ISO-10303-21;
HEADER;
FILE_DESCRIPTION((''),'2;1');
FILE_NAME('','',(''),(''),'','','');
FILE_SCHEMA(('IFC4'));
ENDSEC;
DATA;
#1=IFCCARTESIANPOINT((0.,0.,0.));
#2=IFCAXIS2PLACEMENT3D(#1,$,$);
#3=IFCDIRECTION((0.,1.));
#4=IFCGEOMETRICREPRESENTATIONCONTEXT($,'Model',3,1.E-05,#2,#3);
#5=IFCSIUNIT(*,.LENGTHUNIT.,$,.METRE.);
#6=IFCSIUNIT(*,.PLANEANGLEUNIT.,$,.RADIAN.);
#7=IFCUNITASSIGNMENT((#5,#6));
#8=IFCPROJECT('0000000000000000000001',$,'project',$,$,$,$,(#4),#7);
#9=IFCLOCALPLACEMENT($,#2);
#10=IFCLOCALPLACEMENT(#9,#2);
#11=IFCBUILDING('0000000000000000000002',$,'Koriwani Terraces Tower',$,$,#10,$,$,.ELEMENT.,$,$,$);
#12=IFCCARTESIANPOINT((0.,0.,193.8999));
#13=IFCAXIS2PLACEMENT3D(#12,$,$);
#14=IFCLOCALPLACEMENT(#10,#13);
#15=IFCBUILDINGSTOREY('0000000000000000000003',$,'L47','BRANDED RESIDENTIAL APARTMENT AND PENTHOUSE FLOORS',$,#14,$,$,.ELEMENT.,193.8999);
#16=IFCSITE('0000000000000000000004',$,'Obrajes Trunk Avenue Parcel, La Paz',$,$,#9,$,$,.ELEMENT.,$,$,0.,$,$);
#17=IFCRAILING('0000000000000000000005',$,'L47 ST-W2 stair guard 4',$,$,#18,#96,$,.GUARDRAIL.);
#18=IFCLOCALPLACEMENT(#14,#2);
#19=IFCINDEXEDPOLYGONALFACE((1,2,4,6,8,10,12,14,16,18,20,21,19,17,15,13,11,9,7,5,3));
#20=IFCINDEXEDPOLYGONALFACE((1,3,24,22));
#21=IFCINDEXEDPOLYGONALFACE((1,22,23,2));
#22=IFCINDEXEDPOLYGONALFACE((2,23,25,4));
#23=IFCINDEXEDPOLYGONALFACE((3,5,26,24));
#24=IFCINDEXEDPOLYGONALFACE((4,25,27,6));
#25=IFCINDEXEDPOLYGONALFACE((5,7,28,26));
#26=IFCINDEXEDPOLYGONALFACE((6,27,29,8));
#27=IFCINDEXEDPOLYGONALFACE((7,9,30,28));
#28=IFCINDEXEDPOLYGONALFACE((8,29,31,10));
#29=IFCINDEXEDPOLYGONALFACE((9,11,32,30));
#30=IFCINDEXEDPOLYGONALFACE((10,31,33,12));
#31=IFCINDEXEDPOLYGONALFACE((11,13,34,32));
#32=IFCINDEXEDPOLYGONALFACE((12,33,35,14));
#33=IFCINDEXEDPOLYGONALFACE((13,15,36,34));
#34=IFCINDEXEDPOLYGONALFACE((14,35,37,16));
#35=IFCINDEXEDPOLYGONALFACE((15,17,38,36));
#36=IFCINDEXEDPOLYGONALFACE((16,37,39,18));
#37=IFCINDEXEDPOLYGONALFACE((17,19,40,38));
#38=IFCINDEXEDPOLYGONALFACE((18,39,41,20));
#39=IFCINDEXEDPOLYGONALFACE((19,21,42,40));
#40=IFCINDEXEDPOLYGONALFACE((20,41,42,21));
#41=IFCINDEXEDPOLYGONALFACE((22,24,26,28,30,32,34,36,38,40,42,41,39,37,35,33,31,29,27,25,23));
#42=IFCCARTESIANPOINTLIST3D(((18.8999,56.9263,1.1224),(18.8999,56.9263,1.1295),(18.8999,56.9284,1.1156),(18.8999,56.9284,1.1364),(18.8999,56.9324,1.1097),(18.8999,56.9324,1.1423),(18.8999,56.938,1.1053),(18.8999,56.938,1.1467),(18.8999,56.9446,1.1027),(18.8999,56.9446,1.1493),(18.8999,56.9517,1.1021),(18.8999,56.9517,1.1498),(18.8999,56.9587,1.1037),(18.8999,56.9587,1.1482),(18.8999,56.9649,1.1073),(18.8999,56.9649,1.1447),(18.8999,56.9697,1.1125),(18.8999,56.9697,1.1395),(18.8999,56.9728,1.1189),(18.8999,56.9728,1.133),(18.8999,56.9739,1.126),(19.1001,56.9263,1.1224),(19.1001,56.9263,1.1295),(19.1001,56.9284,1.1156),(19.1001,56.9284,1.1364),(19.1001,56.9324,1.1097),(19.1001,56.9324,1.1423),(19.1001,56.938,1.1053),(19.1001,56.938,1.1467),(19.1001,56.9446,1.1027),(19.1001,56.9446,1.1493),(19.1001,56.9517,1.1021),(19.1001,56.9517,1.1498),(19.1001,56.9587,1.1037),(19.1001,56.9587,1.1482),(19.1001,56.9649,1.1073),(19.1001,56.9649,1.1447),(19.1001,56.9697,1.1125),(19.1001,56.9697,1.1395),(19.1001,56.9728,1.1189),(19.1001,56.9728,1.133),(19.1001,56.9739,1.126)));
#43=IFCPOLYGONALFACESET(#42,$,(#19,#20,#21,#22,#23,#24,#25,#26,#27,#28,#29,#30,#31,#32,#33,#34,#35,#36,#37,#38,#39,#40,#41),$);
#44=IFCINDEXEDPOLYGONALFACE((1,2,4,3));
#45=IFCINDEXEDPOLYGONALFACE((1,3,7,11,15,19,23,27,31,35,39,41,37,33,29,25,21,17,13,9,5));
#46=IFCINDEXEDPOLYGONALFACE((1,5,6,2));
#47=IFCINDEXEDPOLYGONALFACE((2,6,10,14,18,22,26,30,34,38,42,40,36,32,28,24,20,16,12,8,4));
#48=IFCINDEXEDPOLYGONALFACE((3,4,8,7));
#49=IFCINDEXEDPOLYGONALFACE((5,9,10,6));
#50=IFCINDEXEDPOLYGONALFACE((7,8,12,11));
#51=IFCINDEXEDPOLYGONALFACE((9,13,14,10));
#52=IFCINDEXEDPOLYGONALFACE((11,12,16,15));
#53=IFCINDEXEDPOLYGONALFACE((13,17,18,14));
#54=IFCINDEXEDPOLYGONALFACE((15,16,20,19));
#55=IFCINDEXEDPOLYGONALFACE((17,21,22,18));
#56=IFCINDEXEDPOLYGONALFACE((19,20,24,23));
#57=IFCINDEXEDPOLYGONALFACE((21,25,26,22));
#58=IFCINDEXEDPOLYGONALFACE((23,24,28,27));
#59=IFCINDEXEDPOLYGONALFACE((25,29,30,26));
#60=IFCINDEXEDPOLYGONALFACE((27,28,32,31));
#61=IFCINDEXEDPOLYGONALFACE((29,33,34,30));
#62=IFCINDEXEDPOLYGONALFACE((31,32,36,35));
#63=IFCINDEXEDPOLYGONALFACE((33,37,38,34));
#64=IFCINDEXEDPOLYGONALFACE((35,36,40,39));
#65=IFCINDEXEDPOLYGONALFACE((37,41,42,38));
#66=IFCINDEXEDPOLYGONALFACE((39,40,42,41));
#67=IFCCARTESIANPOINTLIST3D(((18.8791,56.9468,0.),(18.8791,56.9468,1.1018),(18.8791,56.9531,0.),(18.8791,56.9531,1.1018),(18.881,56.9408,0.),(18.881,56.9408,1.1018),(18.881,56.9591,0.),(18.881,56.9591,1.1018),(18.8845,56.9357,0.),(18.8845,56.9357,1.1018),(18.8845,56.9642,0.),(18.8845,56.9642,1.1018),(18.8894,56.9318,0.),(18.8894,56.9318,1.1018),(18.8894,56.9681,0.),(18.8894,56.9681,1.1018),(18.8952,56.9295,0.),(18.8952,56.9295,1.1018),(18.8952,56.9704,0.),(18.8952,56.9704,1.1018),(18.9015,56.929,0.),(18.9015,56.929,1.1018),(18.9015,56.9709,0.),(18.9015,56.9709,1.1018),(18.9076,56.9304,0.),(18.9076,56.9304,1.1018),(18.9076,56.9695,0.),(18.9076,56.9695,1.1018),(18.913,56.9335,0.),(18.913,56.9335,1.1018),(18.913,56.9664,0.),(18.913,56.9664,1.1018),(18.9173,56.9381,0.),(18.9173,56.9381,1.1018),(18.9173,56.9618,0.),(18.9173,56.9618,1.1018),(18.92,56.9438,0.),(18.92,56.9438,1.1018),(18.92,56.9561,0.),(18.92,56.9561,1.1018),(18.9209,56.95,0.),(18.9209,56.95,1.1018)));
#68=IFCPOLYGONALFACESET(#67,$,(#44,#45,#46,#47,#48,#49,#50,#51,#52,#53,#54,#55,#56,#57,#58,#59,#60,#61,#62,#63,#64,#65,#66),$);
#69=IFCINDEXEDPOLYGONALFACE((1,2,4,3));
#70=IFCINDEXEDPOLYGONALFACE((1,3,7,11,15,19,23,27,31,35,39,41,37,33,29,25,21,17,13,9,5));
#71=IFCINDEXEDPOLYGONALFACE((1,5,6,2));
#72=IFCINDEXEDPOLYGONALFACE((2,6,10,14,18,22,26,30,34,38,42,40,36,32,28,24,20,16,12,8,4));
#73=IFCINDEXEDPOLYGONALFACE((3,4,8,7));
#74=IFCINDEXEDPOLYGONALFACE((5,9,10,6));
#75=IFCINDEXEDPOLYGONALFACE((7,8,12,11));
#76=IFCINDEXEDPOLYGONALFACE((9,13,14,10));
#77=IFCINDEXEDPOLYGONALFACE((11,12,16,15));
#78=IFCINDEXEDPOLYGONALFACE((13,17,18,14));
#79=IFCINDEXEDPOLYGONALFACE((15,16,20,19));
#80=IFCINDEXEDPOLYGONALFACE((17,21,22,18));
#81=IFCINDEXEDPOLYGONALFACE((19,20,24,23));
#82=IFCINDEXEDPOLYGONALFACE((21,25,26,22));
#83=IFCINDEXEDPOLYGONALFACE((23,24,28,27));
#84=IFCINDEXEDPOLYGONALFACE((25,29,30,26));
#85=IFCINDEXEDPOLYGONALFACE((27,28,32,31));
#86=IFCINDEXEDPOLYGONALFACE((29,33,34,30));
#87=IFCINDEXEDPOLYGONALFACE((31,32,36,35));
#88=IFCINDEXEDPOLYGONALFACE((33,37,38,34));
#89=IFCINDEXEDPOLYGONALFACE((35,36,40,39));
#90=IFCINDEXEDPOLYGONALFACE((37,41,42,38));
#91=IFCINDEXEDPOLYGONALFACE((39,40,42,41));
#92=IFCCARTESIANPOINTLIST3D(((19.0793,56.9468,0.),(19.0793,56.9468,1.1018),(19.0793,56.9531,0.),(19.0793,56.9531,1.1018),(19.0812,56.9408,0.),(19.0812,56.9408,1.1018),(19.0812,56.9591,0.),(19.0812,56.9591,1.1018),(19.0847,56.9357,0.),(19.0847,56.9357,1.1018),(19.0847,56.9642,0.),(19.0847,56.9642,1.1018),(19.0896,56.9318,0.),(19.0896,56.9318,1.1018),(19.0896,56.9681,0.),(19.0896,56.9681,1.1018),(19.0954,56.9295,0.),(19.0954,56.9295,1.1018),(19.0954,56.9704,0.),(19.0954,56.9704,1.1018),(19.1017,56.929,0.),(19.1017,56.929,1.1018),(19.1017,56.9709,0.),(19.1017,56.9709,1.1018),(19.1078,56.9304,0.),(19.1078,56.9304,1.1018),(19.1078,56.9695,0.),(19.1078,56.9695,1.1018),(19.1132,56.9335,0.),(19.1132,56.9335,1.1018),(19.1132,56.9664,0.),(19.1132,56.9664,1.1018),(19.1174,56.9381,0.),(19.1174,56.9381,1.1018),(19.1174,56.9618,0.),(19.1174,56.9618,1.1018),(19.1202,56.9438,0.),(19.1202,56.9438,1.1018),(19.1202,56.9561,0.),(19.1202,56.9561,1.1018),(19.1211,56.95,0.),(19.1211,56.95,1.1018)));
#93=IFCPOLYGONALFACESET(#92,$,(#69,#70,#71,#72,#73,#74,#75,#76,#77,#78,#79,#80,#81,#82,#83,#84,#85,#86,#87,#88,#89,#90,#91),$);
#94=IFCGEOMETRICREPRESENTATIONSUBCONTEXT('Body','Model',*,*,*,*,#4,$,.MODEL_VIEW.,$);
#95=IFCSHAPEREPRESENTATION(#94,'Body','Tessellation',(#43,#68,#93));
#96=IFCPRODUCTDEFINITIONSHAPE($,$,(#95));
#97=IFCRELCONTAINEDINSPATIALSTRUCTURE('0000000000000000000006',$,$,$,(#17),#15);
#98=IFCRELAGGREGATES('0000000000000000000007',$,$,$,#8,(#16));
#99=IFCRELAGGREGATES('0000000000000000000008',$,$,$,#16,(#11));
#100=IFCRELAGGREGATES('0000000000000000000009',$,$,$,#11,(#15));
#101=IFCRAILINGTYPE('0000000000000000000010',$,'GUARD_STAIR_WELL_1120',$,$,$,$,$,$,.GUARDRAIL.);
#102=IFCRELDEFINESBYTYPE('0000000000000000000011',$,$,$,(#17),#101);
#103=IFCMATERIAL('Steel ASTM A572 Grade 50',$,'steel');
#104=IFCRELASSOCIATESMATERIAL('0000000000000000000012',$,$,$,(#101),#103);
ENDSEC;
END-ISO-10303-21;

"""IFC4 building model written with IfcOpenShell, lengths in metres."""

from ifc_helpers import new_model, si_unit, direction, frame, origin, origin_2d, place, context, subcontext, project, spatial, circle, extrude, material, type_object, element, save


model = new_model("IFC4")

# Units and contexts
model_context = context("Model", 3, precision=1e-05, world=origin(), true_north=direction((0.0, 1.0)))
body_context = subcontext(model_context, "Body", "Model", "MODEL_VIEW")
ifc_project = project(units=[si_unit("LENGTHUNIT", "METRE"), si_unit("PLANEANGLEUNIT", "RADIAN")], contexts=[model_context])

# Site, building, storey
site_placement = place(None, origin())
site = spatial("IfcSite", under=ifc_project, at=site_placement, Name="Obrajes Trunk Avenue Parcel, La Paz", CompositionType="ELEMENT", RefElevation=0.0)
building_placement = place(site_placement, origin())
building = spatial("IfcBuilding", under=site, at=building_placement, Name="Koriwani Terraces Tower", CompositionType="ELEMENT")
storey_placement = place(building_placement, frame((0.0, 0.0, 193.8999)))
storey = spatial("IfcBuildingStorey", under=building, at=storey_placement, Name="L47", Description="BRANDED RESIDENTIAL APARTMENT AND PENTHOUSE FLOORS", CompositionType="ELEMENT", Elevation=193.8999)

# Shared definitions
ifc_material_1 = material(Name="Steel ASTM A572 Grade 50", Category="steel")

# Railing
railing_type_1 = type_object("IfcRailingType", Name="GUARD_STAIR_WELL_1120", PredefinedType="GUARDRAIL", material=ifc_material_1)
railing_1_placement = place(storey_placement, frame((18.8999, 56.95, 0.0)))
element("IfcRailing", 1, at=railing_1_placement, inside=storey, type_object=railing_type_1, Name="L47 ST-W2 stair guard 4", PredefinedType="GUARDRAIL", context=body_context, shape_type="SweptSolid", body=[
    extrude(circle(Radius=0.0239, at=origin_2d()), frame((0.0, 0.0, 1.126), z_axis=(1.0, 0.0, 0.0), x_axis=(0.0, 1.0, 0.0)), (0.0, 0.0, 1.0), 0.2002),
    extrude(circle(Radius=0.021, at=origin_2d()), origin(), (0.0, 0.0, 1.0), 1.1018),
    extrude(circle(Radius=0.021, at=origin_2d()), frame((0.2002, 0.0, 0.0)), (0.0, 0.0, 1.0), 1.1018),
])

save(model, "model.ifc")
